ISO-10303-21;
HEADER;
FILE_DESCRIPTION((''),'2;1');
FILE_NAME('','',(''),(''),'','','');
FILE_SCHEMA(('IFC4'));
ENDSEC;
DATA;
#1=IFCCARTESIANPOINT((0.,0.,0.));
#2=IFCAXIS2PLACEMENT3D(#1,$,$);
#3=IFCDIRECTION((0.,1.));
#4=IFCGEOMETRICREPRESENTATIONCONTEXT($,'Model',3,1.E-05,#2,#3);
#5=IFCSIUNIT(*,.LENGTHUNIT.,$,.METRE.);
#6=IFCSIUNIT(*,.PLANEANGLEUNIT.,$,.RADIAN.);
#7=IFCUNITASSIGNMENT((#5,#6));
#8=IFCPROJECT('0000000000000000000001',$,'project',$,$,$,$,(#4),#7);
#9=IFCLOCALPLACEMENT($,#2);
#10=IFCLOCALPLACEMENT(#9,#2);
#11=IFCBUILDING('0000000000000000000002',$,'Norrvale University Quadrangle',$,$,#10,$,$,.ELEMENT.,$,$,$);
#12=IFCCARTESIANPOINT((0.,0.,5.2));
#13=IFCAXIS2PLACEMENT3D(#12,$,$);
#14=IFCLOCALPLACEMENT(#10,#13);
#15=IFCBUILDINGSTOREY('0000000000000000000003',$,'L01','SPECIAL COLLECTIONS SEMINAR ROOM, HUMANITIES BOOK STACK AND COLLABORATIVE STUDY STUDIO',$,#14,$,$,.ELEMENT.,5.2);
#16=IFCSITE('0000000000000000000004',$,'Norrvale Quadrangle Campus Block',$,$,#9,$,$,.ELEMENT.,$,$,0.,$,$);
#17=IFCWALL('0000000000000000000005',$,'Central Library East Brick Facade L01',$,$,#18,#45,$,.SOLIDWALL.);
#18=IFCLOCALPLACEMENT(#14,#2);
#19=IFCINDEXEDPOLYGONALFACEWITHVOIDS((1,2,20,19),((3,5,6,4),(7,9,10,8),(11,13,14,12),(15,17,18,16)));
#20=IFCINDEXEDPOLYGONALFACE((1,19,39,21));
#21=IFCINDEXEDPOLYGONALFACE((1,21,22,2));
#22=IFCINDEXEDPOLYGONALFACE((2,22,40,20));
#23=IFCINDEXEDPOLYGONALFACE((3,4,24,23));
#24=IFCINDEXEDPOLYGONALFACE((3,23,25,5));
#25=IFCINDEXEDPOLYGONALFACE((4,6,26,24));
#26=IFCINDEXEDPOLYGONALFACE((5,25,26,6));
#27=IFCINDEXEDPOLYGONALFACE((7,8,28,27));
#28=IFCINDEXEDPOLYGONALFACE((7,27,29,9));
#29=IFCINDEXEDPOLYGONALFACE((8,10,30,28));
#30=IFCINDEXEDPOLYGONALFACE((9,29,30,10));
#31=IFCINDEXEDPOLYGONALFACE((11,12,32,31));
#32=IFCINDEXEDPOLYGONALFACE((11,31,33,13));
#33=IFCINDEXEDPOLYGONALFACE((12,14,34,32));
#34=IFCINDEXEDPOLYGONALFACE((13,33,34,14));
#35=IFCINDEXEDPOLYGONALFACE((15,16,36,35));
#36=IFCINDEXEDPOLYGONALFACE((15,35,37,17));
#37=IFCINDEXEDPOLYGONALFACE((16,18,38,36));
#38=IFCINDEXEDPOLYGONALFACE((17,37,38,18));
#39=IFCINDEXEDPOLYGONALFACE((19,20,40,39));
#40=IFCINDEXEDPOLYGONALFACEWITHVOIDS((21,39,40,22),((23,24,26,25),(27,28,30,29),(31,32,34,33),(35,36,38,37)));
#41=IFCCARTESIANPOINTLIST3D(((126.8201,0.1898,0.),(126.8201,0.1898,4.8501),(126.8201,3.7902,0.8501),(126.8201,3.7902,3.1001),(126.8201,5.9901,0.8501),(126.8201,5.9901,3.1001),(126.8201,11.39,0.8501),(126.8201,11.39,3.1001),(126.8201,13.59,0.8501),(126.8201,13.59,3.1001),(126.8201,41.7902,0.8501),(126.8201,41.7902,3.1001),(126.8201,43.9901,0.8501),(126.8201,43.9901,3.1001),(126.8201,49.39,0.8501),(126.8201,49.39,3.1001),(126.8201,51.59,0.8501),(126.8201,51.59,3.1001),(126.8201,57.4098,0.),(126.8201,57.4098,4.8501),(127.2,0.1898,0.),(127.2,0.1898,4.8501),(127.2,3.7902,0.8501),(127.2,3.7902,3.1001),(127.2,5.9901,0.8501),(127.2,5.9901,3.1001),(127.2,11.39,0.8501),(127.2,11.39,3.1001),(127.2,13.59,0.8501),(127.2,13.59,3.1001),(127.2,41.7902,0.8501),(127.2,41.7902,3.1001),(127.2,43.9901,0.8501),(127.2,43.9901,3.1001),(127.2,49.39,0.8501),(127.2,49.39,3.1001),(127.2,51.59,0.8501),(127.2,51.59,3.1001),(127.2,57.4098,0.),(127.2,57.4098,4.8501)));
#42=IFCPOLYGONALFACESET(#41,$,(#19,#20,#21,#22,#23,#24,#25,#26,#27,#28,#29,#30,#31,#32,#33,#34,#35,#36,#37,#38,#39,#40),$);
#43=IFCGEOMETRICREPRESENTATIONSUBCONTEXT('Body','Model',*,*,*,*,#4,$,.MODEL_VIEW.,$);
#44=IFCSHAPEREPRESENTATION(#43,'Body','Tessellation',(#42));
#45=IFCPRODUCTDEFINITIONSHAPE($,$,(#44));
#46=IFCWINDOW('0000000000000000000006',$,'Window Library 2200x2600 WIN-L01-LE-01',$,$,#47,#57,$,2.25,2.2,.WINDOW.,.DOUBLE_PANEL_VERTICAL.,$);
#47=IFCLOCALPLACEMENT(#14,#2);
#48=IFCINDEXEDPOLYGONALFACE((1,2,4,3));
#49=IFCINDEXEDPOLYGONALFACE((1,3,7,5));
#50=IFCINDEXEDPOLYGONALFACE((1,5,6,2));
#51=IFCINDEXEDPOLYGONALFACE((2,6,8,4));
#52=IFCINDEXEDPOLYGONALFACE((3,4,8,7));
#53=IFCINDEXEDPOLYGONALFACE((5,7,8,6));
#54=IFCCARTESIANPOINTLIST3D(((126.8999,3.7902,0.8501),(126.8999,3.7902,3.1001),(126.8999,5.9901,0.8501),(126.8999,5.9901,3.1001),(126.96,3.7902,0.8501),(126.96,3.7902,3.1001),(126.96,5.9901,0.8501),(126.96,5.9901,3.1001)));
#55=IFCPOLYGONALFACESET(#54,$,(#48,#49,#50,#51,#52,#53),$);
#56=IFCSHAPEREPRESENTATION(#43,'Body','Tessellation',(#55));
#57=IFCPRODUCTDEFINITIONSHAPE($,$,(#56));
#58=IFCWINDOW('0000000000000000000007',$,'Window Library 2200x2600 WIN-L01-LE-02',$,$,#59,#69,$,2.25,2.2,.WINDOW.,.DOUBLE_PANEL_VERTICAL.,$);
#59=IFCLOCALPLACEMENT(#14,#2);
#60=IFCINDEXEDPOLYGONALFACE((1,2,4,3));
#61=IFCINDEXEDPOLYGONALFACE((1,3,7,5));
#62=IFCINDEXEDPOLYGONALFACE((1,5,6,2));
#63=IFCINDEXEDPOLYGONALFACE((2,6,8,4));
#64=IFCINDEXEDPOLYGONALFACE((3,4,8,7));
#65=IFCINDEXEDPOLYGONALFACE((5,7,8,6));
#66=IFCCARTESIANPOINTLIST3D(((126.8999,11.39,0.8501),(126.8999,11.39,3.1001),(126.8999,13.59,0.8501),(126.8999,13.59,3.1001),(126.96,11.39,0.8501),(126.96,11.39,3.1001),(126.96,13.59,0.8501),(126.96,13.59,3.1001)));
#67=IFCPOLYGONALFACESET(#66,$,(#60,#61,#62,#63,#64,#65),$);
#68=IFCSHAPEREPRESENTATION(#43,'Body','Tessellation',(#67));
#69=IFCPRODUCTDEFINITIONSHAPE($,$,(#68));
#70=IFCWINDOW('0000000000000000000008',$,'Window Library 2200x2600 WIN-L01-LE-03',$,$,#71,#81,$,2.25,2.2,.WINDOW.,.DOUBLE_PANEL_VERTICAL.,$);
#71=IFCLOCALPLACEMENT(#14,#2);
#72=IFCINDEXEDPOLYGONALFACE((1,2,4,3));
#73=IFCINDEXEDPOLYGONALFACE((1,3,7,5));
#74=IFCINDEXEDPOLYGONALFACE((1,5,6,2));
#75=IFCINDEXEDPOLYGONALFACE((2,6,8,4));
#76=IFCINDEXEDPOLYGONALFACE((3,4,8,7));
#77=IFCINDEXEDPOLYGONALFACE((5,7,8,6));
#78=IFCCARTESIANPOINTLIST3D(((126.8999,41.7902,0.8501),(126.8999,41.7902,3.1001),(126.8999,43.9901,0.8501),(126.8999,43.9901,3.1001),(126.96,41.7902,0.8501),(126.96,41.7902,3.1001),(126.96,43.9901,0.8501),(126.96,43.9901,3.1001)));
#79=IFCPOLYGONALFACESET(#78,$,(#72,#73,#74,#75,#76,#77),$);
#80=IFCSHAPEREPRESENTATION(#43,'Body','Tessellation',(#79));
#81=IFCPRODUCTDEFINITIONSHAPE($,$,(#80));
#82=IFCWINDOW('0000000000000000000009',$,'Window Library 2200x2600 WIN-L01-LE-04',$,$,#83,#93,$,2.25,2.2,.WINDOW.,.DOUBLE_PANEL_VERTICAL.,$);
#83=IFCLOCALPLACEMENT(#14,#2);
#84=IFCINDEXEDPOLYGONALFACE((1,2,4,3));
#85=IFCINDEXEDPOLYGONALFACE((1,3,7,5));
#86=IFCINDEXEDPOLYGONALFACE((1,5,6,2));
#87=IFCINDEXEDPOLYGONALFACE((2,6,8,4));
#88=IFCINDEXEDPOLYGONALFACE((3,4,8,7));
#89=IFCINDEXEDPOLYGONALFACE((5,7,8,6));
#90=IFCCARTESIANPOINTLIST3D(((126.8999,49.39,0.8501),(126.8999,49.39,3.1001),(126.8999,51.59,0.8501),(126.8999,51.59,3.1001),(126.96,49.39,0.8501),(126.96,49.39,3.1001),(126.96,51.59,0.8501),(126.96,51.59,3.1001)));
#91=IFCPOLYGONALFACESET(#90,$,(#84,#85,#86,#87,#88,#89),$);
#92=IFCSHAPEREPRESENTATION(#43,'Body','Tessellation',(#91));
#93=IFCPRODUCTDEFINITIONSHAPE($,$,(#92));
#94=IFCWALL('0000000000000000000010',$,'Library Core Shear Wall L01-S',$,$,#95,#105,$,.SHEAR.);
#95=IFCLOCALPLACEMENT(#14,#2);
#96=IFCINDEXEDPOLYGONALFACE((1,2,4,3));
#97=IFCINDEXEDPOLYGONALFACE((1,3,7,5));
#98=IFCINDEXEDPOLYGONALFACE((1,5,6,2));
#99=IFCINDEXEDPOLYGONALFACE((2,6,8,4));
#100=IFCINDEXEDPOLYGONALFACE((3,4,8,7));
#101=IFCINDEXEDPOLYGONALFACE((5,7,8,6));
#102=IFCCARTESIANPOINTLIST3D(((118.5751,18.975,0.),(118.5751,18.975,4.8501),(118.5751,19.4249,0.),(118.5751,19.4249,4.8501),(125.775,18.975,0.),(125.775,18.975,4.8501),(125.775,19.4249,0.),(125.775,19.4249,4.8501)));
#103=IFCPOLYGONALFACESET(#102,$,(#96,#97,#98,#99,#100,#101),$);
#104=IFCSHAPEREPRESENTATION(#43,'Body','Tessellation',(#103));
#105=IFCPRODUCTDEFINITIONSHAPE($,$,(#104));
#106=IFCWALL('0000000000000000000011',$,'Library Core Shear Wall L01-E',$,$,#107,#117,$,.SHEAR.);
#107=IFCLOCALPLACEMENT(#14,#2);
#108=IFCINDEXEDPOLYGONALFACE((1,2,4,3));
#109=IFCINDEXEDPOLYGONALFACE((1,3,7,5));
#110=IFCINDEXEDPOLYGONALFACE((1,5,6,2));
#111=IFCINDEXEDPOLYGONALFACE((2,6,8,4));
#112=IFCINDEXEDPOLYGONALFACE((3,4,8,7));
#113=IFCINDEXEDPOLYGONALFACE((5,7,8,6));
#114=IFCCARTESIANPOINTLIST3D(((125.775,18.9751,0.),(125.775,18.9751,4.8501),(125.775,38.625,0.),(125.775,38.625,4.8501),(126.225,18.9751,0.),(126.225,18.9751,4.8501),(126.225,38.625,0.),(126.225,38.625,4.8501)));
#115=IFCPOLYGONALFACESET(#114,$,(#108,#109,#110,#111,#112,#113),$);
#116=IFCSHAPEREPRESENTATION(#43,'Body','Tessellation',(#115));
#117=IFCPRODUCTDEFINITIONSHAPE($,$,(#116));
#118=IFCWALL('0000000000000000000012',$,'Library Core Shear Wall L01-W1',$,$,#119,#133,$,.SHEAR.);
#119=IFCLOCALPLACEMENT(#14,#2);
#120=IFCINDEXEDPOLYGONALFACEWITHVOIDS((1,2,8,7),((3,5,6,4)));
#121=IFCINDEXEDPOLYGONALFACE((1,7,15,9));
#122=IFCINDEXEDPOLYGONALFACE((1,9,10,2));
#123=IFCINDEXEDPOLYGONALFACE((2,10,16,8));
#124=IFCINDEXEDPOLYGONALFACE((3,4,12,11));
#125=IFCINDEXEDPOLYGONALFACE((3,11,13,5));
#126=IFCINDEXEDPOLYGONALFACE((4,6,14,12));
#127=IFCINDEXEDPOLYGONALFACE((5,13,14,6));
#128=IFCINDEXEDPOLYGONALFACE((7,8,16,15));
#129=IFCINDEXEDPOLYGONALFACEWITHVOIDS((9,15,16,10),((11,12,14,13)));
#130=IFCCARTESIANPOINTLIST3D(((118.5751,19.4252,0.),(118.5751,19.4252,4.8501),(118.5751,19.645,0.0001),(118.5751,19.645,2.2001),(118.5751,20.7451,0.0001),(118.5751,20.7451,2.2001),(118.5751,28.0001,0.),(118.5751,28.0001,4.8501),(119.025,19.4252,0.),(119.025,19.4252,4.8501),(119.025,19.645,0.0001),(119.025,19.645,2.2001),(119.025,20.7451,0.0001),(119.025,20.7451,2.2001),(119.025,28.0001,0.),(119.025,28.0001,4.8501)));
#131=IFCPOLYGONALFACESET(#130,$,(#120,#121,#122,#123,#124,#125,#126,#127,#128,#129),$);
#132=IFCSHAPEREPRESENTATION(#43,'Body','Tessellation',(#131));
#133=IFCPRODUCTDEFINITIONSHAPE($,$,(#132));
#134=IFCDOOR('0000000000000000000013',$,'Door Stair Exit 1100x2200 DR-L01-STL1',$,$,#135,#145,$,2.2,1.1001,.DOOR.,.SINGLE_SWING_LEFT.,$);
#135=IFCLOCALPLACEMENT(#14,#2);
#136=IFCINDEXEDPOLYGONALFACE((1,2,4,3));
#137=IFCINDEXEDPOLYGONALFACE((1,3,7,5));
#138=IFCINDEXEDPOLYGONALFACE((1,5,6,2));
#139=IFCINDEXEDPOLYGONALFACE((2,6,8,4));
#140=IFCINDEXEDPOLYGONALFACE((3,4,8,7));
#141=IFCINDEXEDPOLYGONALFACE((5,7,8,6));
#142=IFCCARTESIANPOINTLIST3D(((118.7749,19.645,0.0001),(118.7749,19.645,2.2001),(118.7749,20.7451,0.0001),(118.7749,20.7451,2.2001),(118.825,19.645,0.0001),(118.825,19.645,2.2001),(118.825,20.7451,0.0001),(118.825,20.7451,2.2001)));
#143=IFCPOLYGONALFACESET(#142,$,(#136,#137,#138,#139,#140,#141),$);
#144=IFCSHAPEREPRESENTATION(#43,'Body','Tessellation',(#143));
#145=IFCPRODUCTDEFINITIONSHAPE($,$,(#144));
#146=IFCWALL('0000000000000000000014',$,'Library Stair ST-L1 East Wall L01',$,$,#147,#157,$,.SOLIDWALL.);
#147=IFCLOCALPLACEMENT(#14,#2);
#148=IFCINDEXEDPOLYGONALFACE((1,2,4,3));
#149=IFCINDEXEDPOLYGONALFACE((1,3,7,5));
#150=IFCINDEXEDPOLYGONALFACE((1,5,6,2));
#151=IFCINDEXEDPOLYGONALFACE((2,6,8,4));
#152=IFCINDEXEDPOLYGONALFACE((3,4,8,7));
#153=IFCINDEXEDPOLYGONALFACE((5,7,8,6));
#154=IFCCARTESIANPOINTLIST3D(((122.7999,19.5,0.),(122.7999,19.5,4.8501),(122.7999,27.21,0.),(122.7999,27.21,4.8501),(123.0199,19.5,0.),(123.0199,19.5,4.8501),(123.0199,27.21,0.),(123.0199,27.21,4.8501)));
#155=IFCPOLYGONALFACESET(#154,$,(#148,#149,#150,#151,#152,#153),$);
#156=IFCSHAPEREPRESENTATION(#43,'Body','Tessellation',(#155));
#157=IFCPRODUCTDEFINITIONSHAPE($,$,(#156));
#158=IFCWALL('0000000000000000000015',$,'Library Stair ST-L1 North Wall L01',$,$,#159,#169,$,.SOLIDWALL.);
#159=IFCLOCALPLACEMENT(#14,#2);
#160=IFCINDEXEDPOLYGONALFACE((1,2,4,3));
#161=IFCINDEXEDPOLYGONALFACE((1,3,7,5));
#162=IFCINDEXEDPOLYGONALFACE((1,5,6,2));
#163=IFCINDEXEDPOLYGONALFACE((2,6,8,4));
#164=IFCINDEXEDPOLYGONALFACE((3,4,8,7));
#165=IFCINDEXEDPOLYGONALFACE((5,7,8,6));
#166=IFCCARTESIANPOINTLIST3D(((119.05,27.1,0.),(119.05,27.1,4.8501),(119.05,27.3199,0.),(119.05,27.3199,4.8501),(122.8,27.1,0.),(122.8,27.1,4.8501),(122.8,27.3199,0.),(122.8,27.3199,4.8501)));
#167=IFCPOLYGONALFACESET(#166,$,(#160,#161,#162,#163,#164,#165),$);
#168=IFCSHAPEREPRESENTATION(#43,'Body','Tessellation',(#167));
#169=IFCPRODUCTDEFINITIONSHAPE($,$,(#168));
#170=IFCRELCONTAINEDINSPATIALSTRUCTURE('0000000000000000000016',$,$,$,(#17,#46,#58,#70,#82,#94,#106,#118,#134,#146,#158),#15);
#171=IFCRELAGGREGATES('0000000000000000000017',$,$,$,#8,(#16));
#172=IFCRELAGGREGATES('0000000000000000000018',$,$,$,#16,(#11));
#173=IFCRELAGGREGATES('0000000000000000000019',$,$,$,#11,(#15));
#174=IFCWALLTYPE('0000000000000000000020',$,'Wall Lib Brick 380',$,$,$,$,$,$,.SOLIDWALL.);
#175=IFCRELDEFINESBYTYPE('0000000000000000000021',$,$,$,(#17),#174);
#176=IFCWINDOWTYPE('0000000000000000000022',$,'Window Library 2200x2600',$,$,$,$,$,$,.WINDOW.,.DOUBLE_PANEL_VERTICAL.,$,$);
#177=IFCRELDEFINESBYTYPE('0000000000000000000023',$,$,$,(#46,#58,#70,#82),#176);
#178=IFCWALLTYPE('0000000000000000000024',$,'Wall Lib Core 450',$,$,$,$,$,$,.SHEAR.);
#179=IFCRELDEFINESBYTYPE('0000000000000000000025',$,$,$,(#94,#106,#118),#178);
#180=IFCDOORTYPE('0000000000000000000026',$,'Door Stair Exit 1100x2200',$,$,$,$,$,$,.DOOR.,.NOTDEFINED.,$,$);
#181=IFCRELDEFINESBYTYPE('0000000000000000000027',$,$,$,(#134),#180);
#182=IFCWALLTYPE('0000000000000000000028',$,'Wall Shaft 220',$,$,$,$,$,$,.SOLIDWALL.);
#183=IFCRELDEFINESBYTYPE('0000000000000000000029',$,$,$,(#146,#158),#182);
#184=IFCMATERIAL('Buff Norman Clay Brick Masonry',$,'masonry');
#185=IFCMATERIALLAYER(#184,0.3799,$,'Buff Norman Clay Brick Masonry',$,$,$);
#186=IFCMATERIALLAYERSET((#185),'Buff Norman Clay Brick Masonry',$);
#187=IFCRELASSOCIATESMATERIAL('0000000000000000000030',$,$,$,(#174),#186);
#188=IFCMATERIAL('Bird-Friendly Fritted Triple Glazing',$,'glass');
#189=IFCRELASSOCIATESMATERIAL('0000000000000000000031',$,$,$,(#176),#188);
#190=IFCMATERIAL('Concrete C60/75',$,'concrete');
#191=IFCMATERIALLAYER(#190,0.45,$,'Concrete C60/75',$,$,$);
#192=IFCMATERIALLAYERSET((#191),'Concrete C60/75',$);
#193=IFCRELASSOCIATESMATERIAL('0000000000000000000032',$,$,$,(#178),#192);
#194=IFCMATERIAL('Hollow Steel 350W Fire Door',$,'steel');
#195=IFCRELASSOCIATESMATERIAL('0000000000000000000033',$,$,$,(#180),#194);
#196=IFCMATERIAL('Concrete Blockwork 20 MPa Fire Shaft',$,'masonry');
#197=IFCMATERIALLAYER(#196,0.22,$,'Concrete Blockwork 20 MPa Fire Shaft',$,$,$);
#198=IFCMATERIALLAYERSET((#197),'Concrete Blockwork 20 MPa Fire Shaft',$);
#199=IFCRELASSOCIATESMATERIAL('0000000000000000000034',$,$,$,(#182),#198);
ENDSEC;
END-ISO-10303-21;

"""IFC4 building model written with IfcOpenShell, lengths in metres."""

from ifc_helpers import new_model, si_unit, direction, frame, frame_2d, origin, place, context, subcontext, project, spatial, rectangle, extrude, material, layer, layer_set, type_object, element, fill, save


model = new_model("IFC4")

# Units and contexts
model_context = context("Model", 3, precision=1e-05, world=origin(), true_north=direction((0.0, 1.0)))
body_context = subcontext(model_context, "Body", "Model", "MODEL_VIEW")
ifc_project = project(units=[si_unit("LENGTHUNIT", "METRE"), si_unit("PLANEANGLEUNIT", "RADIAN")], contexts=[model_context])

# Site, building, storey
site_placement = place(None, origin())
site = spatial("IfcSite", under=ifc_project, at=site_placement, Name="Norrvale Quadrangle Campus Block", CompositionType="ELEMENT", RefElevation=0.0)
building_placement = place(site_placement, origin())
building = spatial("IfcBuilding", under=site, at=building_placement, Name="Norrvale University Quadrangle", CompositionType="ELEMENT")
storey_placement = place(building_placement, frame((0.0, 0.0, 5.2)))
storey = spatial("IfcBuildingStorey", under=building, at=storey_placement, Name="L01", Description="SPECIAL COLLECTIONS SEMINAR ROOM, HUMANITIES BOOK STACK AND COLLABORATIVE STUDY STUDIO", CompositionType="ELEMENT", Elevation=5.2)

# Shared definitions
ifc_material_1 = material(Name="Concrete C60/75", Category="concrete")

# Wall, openings, windows
ifc_material_2 = material(Name="Buff Norman Clay Brick Masonry", Category="masonry")
ifc_layer_1 = layer(ifc_material_2, 0.3799, Name="Buff Norman Clay Brick Masonry")
ifc_layer_set_1 = layer_set([ifc_layer_1], Name="Buff Norman Clay Brick Masonry")
wall_type_1 = type_object("IfcWallType", Name="Wall Lib Brick 380", PredefinedType="SOLIDWALL", material=ifc_layer_set_1)
wall_1_placement = place(storey_placement, frame((127.01, 0.1899, 0.0), z_axis=(0.0, 0.0, 1.0), x_axis=(0.0, 1.0, 0.0)))
wall_1 = element("IfcWall", 1, at=wall_1_placement, inside=storey, type_object=wall_type_1, Name="Central Library East Brick Facade L01", PredefinedType="SOLIDWALL", context=body_context, shape_type="SweptSolid", body=[
    extrude(rectangle(XDim=57.22, YDim=0.3799, at=frame_2d((28.6099, 0.0))), origin(), (0.0, 0.0, 1.0), 4.8501),
])
opening_1_placement = place(wall_1_placement, frame((3.6001, 0.0, 0.8501)))
opening_1 = element("IfcOpeningElement", 2, at=opening_1_placement, cuts=wall_1, PredefinedType="OPENING", context=body_context, shape_type="SweptSolid", body=[
    extrude(rectangle(XDim=2.2, YDim=2.25, at=frame_2d((1.1001, 1.125))), frame((0.0, 0.2019, 0.0), z_axis=(0.0, -1.0, 0.0), x_axis=(1.0, 0.0, 0.0)), (0.0, 0.0, 1.0), 0.4038),
])
opening_2_placement = place(wall_1_placement, frame((11.2, 0.0, 0.8501)))
opening_2 = element("IfcOpeningElement", 3, at=opening_2_placement, cuts=wall_1, PredefinedType="OPENING", context=body_context, shape_type="SweptSolid", body=[
    extrude(rectangle(XDim=2.2, YDim=2.25, at=frame_2d((1.1001, 1.125))), frame((0.0, 0.2019, 0.0), z_axis=(0.0, -1.0, 0.0), x_axis=(1.0, 0.0, 0.0)), (0.0, 0.0, 1.0), 0.4038),
])
opening_3_placement = place(wall_1_placement, frame((41.6001, 0.0, 0.8501)))
opening_3 = element("IfcOpeningElement", 4, at=opening_3_placement, cuts=wall_1, PredefinedType="OPENING", context=body_context, shape_type="SweptSolid", body=[
    extrude(rectangle(XDim=2.2, YDim=2.25, at=frame_2d((1.1001, 1.125))), frame((0.0, 0.2019, 0.0), z_axis=(0.0, -1.0, 0.0), x_axis=(1.0, 0.0, 0.0)), (0.0, 0.0, 1.0), 0.4038),
])
opening_4_placement = place(wall_1_placement, frame((49.2, 0.0, 0.8501)))
opening_4 = element("IfcOpeningElement", 5, at=opening_4_placement, cuts=wall_1, PredefinedType="OPENING", context=body_context, shape_type="SweptSolid", body=[
    extrude(rectangle(XDim=2.2, YDim=2.25, at=frame_2d((1.1001, 1.125))), frame((0.0, 0.2019, 0.0), z_axis=(0.0, -1.0, 0.0), x_axis=(1.0, 0.0, 0.0)), (0.0, 0.0, 1.0), 0.4038),
])
ifc_material_3 = material(Name="Bird-Friendly Fritted Triple Glazing", Category="glass")
window_type = type_object("IfcWindowType", Name="Window Library 2200x2600", PartitioningType="DOUBLE_PANEL_VERTICAL", PredefinedType="WINDOW", material=ifc_material_3)
window_1_placement = place(opening_1_placement, origin())
window_1 = element("IfcWindow", 6, at=window_1_placement, inside=storey, type_object=window_type, Name="Window Library 2200x2600 WIN-L01-LE-01", OverallHeight=2.25, OverallWidth=2.2, PartitioningType="DOUBLE_PANEL_VERTICAL", PredefinedType="WINDOW", context=body_context, shape_type="SweptSolid", body=[
    extrude(rectangle(XDim=2.2, YDim=2.25, at=frame_2d((1.1001, 1.125))), frame((0.0, 0.1101, 0.0), z_axis=(0.0, -1.0, 0.0), x_axis=(1.0, 0.0, 0.0)), (0.0, 0.0, 1.0), 0.0601),
])
fill(opening_1, window_1)
window_2_placement = place(opening_2_placement, origin())
window_2 = element("IfcWindow", 7, at=window_2_placement, inside=storey, type_object=window_type, Name="Window Library 2200x2600 WIN-L01-LE-02", OverallHeight=2.25, OverallWidth=2.2, PartitioningType="DOUBLE_PANEL_VERTICAL", PredefinedType="WINDOW", context=body_context, shape_type="SweptSolid", body=[
    extrude(rectangle(XDim=2.2, YDim=2.25, at=frame_2d((1.1001, 1.125))), frame((0.0, 0.1101, 0.0), z_axis=(0.0, -1.0, 0.0), x_axis=(1.0, 0.0, 0.0)), (0.0, 0.0, 1.0), 0.0601),
])
fill(opening_2, window_2)
window_3_placement = place(opening_3_placement, origin())
window_3 = element("IfcWindow", 8, at=window_3_placement, inside=storey, type_object=window_type, Name="Window Library 2200x2600 WIN-L01-LE-03", OverallHeight=2.25, OverallWidth=2.2, PartitioningType="DOUBLE_PANEL_VERTICAL", PredefinedType="WINDOW", context=body_context, shape_type="SweptSolid", body=[
    extrude(rectangle(XDim=2.2, YDim=2.25, at=frame_2d((1.1001, 1.125))), frame((0.0, 0.1101, 0.0), z_axis=(0.0, -1.0, 0.0), x_axis=(1.0, 0.0, 0.0)), (0.0, 0.0, 1.0), 0.0601),
])
fill(opening_3, window_3)
window_4_placement = place(opening_4_placement, origin())
window_4 = element("IfcWindow", 9, at=window_4_placement, inside=storey, type_object=window_type, Name="Window Library 2200x2600 WIN-L01-LE-04", OverallHeight=2.25, OverallWidth=2.2, PartitioningType="DOUBLE_PANEL_VERTICAL", PredefinedType="WINDOW", context=body_context, shape_type="SweptSolid", body=[
    extrude(rectangle(XDim=2.2, YDim=2.25, at=frame_2d((1.1001, 1.125))), frame((0.0, 0.1101, 0.0), z_axis=(0.0, -1.0, 0.0), x_axis=(1.0, 0.0, 0.0)), (0.0, 0.0, 1.0), 0.0601),
])
fill(opening_4, window_4)

# Walls
ifc_layer_2 = layer(ifc_material_1, 0.45, Name="Concrete C60/75")
ifc_layer_set_2 = layer_set([ifc_layer_2], Name="Concrete C60/75")
wall_type_2 = type_object("IfcWallType", Name="Wall Lib Core 450", PredefinedType="SHEAR", material=ifc_layer_set_2)
wall_2_placement = place(storey_placement, frame((118.575, 19.2, 0.0), z_axis=(0.0, 0.0, 1.0), x_axis=(1.0, 0.0, 0.0)))
element("IfcWall", 10, at=wall_2_placement, inside=storey, type_object=wall_type_2, Name="Library Core Shear Wall L01-S", PredefinedType="SHEAR", context=body_context, shape_type="SweptSolid", body=[
    extrude(rectangle(XDim=7.2, YDim=0.45, at=frame_2d((3.6001, 0.0))), origin(), (0.0, 0.0, 1.0), 4.8501),
])
wall_3_placement = place(storey_placement, frame((126.0, 18.9751, 0.0), z_axis=(0.0, 0.0, 1.0), x_axis=(0.0, 1.0, 0.0)))
element("IfcWall", 11, at=wall_3_placement, inside=storey, type_object=wall_type_2, Name="Library Core Shear Wall L01-E", PredefinedType="SHEAR", context=body_context, shape_type="SweptSolid", body=[
    extrude(rectangle(XDim=19.6499, YDim=0.45, at=frame_2d((9.825, 0.0))), origin(), (0.0, 0.0, 1.0), 4.8501),
])

# Wall, opening, door
wall_4_placement = place(storey_placement, frame((118.8, 19.425, 0.0), z_axis=(0.0, 0.0, 1.0), x_axis=(0.0, 1.0, 0.0)))
wall_4 = element("IfcWall", 12, at=wall_4_placement, inside=storey, type_object=wall_type_2, Name="Library Core Shear Wall L01-W1", PredefinedType="SHEAR", context=body_context, shape_type="SweptSolid", body=[
    extrude(rectangle(XDim=8.575, YDim=0.45, at=frame_2d((4.2876, 0.0))), origin(), (0.0, 0.0, 1.0), 4.8501),
])
opening_5_placement = place(wall_4_placement, frame((0.22, 0.0, 0.0)))
opening_5 = element("IfcOpeningElement", 13, at=opening_5_placement, cuts=wall_4, PredefinedType="OPENING", context=body_context, shape_type="SweptSolid", body=[
    extrude(rectangle(XDim=1.1001, YDim=2.2, at=frame_2d((0.55, 1.1001))), frame((0.0, 0.2371, 0.0), z_axis=(0.0, -1.0, 0.0), x_axis=(1.0, 0.0, 0.0)), (0.0, 0.0, 1.0), 0.4739),
])
ifc_material_4 = material(Name="Hollow Steel 350W Fire Door", Category="steel")
door_type = type_object("IfcDoorType", Name="Door Stair Exit 1100x2200", OperationType="NOTDEFINED", PredefinedType="DOOR", material=ifc_material_4)
door_placement = place(opening_5_placement, frame((1.1001, 0.0, 0.0), z_axis=(0.0, 0.0, 1.0), x_axis=(-1.0, 0.0, 0.0)))
door = element("IfcDoor", 14, at=door_placement, inside=storey, type_object=door_type, Name="Door Stair Exit 1100x2200 DR-L01-STL1", OperationType="SINGLE_SWING_LEFT", OverallHeight=2.2, OverallWidth=1.1001, PredefinedType="DOOR", context=body_context, shape_type="SweptSolid", body=[
    extrude(rectangle(XDim=1.1001, YDim=2.2, at=frame_2d((0.55, 1.1001))), frame((0.0, 0.0249, 0.0), z_axis=(0.0, -1.0, 0.0), x_axis=(1.0, 0.0, 0.0)), (0.0, 0.0, 1.0), 0.05),
])
fill(opening_5, door)

# Walls
ifc_material_5 = material(Name="Concrete Blockwork 20 MPa Fire Shaft", Category="masonry")
ifc_layer_3 = layer(ifc_material_5, 0.22, Name="Concrete Blockwork 20 MPa Fire Shaft")
ifc_layer_set_3 = layer_set([ifc_layer_3], Name="Concrete Blockwork 20 MPa Fire Shaft")
wall_type_3 = type_object("IfcWallType", Name="Wall Shaft 220", PredefinedType="SOLIDWALL", material=ifc_layer_set_3)
wall_5_placement = place(storey_placement, frame((122.9099, 19.5, 0.0), z_axis=(0.0, 0.0, 1.0), x_axis=(0.0, 1.0, 0.0)))
element("IfcWall", 15, at=wall_5_placement, inside=storey, type_object=wall_type_3, Name="Library Stair ST-L1 East Wall L01", PredefinedType="SOLIDWALL", context=body_context, shape_type="SweptSolid", body=[
    extrude(rectangle(XDim=7.71, YDim=0.22, at=frame_2d((3.855, 0.0))), origin(), (0.0, 0.0, 1.0), 4.8501),
])
wall_6_placement = place(storey_placement, frame((119.05, 27.21, 0.0), z_axis=(0.0, 0.0, 1.0), x_axis=(1.0, 0.0, 0.0)))
element("IfcWall", 16, at=wall_6_placement, inside=storey, type_object=wall_type_3, Name="Library Stair ST-L1 North Wall L01", PredefinedType="SOLIDWALL", context=body_context, shape_type="SweptSolid", body=[
    extrude(rectangle(XDim=3.75, YDim=0.22, at=frame_2d((1.875, 0.0))), origin(), (0.0, 0.0, 1.0), 4.8501),
])

save(model, "model.ifc")
